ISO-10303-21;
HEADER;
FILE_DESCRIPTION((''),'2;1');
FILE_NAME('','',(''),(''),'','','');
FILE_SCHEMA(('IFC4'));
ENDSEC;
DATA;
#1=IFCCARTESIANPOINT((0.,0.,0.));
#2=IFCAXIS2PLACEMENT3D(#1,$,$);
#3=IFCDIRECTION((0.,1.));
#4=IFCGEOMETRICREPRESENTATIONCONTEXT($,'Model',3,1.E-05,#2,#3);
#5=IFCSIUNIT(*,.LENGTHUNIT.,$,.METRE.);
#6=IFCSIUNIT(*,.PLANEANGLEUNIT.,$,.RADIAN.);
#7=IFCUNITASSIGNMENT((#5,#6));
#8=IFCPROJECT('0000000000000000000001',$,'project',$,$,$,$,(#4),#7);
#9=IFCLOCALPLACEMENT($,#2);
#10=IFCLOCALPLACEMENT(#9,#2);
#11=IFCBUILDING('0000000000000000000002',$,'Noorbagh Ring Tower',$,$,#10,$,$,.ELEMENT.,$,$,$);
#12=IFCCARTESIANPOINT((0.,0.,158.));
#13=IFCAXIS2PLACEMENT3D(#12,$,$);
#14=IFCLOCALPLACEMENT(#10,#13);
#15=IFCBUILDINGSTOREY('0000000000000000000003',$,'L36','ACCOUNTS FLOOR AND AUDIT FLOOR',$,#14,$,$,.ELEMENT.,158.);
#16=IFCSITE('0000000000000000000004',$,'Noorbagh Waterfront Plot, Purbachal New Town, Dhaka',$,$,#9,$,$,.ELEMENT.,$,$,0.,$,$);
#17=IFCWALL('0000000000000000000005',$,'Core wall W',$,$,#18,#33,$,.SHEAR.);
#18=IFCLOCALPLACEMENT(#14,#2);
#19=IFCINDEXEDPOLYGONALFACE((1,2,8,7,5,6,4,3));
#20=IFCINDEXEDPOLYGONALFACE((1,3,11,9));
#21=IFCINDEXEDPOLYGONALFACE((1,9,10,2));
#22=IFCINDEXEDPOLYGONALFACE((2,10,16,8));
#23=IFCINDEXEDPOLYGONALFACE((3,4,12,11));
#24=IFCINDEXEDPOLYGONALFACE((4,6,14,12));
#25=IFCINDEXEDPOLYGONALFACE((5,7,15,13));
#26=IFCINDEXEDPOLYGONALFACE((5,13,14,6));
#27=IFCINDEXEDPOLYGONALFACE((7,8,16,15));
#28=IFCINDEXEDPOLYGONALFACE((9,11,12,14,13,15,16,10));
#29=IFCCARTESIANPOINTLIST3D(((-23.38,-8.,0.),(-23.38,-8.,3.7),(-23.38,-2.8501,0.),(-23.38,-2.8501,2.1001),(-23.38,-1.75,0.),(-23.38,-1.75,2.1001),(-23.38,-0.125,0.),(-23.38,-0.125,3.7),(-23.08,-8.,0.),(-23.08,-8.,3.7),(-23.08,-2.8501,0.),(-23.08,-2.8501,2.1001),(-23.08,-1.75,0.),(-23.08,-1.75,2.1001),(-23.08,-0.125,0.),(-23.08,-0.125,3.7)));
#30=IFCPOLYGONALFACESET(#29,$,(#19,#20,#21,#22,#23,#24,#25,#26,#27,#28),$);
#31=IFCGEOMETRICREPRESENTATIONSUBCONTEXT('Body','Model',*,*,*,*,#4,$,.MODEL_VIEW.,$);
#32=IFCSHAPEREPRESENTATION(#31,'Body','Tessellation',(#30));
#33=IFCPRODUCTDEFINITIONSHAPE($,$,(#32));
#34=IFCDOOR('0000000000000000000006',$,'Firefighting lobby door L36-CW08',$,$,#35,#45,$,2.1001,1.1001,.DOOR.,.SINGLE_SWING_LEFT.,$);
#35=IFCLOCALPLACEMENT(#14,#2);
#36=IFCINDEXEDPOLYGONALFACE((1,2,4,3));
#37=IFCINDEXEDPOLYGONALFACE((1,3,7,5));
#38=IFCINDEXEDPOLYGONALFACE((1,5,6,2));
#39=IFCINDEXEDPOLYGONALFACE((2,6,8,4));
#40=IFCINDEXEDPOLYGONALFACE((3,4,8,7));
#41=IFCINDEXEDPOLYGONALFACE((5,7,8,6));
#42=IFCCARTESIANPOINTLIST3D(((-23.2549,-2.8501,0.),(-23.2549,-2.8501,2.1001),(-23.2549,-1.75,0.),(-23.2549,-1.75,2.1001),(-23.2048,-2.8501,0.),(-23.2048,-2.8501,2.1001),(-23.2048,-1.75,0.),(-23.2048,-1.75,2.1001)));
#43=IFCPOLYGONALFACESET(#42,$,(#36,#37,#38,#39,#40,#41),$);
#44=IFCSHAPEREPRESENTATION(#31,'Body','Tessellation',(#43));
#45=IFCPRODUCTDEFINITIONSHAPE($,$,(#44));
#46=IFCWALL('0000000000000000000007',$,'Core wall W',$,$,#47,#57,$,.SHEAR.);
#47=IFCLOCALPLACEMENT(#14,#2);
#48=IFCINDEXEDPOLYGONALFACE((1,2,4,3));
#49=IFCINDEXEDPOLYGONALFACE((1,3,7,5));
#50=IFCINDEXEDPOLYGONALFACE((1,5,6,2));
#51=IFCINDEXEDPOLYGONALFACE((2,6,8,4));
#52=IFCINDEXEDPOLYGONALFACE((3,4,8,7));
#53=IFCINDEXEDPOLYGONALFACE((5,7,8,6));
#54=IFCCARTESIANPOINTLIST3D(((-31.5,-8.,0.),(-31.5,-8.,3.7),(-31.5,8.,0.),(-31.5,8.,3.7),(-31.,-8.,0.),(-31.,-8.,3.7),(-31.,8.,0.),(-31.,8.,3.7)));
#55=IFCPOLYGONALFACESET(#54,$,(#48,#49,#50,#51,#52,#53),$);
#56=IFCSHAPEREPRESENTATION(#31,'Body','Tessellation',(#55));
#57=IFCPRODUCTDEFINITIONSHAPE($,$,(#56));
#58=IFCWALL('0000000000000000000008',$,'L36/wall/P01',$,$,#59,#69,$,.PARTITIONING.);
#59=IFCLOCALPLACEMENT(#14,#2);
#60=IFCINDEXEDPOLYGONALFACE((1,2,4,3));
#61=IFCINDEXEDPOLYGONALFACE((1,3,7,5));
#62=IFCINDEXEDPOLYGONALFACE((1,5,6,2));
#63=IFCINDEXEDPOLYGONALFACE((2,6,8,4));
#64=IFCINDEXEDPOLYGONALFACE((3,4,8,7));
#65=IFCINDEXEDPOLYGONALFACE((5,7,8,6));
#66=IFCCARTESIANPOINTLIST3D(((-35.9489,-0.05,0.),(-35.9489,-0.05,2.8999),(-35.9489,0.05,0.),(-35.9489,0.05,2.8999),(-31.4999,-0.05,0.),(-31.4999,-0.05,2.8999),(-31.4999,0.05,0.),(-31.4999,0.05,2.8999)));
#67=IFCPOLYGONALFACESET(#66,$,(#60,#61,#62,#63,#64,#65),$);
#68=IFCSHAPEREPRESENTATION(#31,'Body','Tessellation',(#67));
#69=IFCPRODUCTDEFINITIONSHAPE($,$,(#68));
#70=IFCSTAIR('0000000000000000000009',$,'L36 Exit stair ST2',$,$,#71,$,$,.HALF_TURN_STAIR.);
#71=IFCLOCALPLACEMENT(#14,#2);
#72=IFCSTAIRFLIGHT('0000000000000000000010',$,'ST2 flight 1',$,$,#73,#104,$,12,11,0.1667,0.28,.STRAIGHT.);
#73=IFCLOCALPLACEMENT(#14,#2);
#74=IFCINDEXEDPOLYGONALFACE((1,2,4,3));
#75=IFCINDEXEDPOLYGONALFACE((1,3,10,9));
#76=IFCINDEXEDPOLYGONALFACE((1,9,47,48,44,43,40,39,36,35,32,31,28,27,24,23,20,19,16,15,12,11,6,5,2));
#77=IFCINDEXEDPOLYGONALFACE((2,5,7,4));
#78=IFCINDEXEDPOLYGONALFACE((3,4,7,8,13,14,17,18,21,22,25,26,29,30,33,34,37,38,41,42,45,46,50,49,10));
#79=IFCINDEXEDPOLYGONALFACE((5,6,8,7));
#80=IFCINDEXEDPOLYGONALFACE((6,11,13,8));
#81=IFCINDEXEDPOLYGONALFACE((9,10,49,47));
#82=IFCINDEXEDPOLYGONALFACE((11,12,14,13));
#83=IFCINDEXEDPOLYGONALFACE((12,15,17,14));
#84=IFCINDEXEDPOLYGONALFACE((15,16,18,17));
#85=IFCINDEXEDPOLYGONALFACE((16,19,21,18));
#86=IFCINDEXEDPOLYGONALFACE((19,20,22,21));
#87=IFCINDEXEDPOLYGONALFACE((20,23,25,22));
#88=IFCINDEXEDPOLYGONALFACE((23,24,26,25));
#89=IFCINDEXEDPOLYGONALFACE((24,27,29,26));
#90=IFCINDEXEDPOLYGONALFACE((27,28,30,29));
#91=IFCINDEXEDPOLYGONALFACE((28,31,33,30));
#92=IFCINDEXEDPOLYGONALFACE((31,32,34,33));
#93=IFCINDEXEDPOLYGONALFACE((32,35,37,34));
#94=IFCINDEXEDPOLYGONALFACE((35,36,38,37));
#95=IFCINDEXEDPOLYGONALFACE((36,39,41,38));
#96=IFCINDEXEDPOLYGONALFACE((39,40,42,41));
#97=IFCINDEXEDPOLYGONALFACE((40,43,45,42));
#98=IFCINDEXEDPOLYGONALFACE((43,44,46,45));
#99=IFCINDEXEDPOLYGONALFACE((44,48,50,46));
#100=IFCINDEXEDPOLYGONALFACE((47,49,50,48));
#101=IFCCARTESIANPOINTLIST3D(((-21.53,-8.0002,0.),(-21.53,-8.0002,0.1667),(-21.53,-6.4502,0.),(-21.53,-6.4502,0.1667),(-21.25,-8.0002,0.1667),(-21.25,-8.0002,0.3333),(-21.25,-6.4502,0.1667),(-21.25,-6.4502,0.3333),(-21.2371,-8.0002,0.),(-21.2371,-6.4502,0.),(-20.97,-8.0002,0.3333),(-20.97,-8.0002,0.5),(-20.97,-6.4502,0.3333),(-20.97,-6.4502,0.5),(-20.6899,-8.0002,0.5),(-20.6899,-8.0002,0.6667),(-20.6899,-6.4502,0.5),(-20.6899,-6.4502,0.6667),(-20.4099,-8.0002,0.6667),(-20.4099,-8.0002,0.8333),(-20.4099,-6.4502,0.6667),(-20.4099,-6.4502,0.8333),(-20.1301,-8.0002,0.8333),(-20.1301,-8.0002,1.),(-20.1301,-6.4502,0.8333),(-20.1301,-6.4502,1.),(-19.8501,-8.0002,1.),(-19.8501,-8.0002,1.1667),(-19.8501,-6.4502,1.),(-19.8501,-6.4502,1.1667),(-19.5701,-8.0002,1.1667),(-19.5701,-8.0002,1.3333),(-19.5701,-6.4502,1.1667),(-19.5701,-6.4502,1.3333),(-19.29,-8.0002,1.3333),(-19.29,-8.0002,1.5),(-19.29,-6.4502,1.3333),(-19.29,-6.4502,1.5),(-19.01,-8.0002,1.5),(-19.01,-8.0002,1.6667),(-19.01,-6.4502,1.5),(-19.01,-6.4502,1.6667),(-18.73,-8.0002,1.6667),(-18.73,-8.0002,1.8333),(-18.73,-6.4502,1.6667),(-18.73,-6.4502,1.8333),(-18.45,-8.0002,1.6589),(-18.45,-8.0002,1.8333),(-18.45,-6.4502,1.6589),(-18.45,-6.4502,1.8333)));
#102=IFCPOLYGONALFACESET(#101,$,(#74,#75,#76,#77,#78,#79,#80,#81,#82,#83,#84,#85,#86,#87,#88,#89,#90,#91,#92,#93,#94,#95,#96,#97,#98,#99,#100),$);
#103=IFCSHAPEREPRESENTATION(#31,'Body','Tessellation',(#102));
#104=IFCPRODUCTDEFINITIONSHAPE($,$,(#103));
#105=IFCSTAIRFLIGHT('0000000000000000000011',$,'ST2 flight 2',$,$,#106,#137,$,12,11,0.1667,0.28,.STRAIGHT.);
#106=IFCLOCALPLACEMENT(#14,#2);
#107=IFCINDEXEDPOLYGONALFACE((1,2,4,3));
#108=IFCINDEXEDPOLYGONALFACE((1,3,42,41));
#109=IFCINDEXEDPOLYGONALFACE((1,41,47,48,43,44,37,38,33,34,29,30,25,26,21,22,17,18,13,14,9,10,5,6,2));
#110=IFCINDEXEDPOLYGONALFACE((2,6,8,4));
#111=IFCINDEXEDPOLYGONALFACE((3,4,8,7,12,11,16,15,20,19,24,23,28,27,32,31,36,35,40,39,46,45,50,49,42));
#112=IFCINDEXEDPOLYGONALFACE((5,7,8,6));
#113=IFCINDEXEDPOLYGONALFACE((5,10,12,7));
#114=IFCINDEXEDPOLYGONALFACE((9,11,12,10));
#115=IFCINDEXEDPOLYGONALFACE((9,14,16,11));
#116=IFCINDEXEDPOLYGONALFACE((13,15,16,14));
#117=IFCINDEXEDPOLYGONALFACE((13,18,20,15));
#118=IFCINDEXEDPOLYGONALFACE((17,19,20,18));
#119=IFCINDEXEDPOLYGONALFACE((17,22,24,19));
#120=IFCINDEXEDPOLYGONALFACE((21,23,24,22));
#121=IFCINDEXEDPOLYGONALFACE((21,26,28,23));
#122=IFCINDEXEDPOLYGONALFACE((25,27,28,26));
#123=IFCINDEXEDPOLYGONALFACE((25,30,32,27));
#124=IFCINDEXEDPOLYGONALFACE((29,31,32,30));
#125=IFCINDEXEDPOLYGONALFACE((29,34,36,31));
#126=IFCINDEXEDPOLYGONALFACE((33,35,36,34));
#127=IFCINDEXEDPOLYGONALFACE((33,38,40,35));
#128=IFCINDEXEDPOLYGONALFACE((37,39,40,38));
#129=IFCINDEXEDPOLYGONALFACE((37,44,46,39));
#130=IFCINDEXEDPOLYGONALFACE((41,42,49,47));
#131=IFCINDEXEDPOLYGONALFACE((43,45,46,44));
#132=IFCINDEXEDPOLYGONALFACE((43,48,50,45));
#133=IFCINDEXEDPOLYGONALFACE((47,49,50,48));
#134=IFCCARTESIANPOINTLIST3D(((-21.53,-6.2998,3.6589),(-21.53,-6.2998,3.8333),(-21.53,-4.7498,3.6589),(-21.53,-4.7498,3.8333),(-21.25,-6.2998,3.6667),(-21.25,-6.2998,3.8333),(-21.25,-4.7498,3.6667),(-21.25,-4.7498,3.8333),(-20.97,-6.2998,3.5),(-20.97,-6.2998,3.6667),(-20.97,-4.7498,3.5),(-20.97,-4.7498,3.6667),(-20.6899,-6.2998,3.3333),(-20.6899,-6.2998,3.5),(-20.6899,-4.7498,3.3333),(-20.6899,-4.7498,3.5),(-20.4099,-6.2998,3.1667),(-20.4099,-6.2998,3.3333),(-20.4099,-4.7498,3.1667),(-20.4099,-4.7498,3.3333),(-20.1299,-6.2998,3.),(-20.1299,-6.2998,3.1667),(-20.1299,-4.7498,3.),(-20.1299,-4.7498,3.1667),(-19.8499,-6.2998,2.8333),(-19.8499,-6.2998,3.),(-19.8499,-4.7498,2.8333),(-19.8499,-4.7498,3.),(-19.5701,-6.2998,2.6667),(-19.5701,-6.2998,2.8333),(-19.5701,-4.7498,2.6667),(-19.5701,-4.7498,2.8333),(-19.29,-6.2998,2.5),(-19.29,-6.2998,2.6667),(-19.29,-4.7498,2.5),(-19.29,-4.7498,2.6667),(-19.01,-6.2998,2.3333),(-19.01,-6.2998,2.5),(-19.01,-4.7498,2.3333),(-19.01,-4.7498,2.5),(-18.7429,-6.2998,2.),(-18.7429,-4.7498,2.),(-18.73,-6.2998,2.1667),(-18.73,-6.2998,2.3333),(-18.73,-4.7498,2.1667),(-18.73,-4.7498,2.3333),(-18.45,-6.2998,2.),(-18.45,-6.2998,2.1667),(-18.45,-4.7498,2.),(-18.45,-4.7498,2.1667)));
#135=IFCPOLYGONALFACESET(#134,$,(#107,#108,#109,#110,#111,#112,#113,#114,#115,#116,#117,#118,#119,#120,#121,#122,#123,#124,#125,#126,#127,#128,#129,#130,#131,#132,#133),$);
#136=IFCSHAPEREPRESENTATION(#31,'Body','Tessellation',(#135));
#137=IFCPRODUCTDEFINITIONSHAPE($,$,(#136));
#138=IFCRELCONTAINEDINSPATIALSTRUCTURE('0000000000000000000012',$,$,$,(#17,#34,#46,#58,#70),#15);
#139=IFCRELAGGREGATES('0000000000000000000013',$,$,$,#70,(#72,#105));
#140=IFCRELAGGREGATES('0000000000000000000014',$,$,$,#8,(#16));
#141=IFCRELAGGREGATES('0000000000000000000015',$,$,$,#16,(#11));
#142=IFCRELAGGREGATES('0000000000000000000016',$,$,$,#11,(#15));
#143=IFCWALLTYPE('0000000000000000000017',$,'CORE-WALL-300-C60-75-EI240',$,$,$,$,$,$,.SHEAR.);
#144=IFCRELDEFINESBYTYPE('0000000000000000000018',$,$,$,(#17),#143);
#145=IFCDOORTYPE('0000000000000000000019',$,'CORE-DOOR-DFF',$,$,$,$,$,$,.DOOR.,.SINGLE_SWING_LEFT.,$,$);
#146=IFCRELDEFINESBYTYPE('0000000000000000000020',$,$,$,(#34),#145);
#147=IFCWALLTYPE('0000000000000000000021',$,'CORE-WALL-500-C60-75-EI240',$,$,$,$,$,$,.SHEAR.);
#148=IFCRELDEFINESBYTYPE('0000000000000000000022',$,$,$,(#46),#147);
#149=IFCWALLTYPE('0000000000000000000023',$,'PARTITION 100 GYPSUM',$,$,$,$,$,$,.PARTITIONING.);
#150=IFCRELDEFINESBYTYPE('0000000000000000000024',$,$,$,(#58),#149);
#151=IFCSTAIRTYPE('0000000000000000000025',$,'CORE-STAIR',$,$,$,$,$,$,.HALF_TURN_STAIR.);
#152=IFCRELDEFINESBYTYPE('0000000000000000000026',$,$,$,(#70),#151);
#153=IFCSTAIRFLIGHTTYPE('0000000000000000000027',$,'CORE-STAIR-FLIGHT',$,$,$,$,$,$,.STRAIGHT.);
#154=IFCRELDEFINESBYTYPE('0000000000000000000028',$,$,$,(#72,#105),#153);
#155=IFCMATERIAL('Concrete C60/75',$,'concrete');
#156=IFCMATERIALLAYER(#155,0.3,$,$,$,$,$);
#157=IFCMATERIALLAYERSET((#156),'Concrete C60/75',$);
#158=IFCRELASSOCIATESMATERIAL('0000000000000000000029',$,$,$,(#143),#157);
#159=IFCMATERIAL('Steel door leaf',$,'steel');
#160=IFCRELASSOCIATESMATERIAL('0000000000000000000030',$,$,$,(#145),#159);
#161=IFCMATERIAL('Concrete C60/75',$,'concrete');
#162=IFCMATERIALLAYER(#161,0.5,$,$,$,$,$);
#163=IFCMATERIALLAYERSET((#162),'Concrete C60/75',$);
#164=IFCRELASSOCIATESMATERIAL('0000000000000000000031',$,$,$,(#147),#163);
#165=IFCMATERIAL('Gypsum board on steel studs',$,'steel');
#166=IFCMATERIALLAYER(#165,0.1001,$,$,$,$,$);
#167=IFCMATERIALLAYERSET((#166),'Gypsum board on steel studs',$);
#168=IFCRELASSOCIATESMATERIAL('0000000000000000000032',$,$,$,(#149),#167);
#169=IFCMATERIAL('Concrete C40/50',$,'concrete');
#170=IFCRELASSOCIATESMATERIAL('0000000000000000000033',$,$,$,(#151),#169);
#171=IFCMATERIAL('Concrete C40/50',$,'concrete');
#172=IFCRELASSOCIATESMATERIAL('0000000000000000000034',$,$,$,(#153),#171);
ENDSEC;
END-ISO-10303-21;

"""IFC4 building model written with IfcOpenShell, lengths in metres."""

from ifc_helpers import new_model, si_unit, direction, frame, frame_2d, origin, place, context, subcontext, project, spatial, polyline, rectangle, outline, extrude, material, layer, layer_set, type_object, element, fill, aggregate, save


model = new_model("IFC4")

# Units and contexts
model_context = context("Model", 3, precision=1e-05, world=origin(), true_north=direction((0.0, 1.0)))
body_context = subcontext(model_context, "Body", "Model", "MODEL_VIEW")
ifc_project = project(units=[si_unit("LENGTHUNIT", "METRE"), si_unit("PLANEANGLEUNIT", "RADIAN")], contexts=[model_context])

# Site, building, storey
site_placement = place(None, origin())
site = spatial("IfcSite", under=ifc_project, at=site_placement, Name="Noorbagh Waterfront Plot, Purbachal New Town, Dhaka", CompositionType="ELEMENT", RefElevation=0.0)
building_placement = place(site_placement, origin())
building = spatial("IfcBuilding", under=site, at=building_placement, Name="Noorbagh Ring Tower", CompositionType="ELEMENT")
storey_placement = place(building_placement, frame((0.0, 0.0, 158.0)))
storey = spatial("IfcBuildingStorey", under=building, at=storey_placement, Name="L36", Description="ACCOUNTS FLOOR AND AUDIT FLOOR", CompositionType="ELEMENT", Elevation=158.0)

# Shared definitions
ifc_material_1 = material(Name="Concrete C60/75", Category="concrete")
ifc_layer_1 = layer(ifc_material_1, 0.3)
ifc_layer_set_1 = layer_set([ifc_layer_1], Name="Concrete C60/75")
wall_type_1 = type_object("IfcWallType", Name="CORE-WALL-300-C60-75-EI240", PredefinedType="SHEAR", material=ifc_layer_set_1)

# Wall, opening, door
wall_1_placement = place(storey_placement, frame((-23.23, -8.0, 0.0), z_axis=(0.0, 0.0, 1.0), x_axis=(0.0, 1.0, 0.0)))
wall_1 = element("IfcWall", 1, at=wall_1_placement, inside=storey, type_object=wall_type_1, Name="Core wall W", PredefinedType="SHEAR", context=body_context, shape_type="SweptSolid", body=[
    extrude(rectangle(XDim=7.875, YDim=0.3, at=frame_2d((3.9375, 0.0))), origin(), (0.0, 0.0, 1.0), 3.7),
])
opening_1_placement = place(wall_1_placement, frame((5.1499, 0.0, 0.0)))
opening_1 = element("IfcOpeningElement", 2, at=opening_1_placement, cuts=wall_1, PredefinedType="OPENING", context=body_context, shape_type="SweptSolid", body=[
    extrude(rectangle(XDim=1.1001, YDim=2.1001, at=frame_2d((0.55, 1.05))), frame((0.0, 0.1602, 0.0), z_axis=(0.0, -1.0, 0.0), x_axis=(1.0, 0.0, 0.0)), (0.0, 0.0, 1.0), 0.3201),
])
ifc_material_2 = material(Name="Steel door leaf", Category="steel")
door_type_1 = type_object("IfcDoorType", Name="CORE-DOOR-DFF", OperationType="SINGLE_SWING_LEFT", PredefinedType="DOOR", material=ifc_material_2)
door_1_placement = place(opening_1_placement, origin())
door_1 = element("IfcDoor", 3, at=door_1_placement, inside=storey, type_object=door_type_1, Name="Firefighting lobby door L36-CW08", OperationType="SINGLE_SWING_LEFT", OverallHeight=2.1001, OverallWidth=1.1001, PredefinedType="DOOR", context=body_context, shape_type="SweptSolid", body=[
    extrude(rectangle(XDim=1.1001, YDim=2.1001, at=frame_2d((0.55, 1.05))), frame((0.0, 0.0249, 0.0), z_axis=(0.0, -1.0, 0.0), x_axis=(1.0, 0.0, 0.0)), (0.0, 0.0, 1.0), 0.05),
])
fill(opening_1, door_1)

# Walls
ifc_material_3 = material(Name="Concrete C60/75", Category="concrete")
ifc_layer_2 = layer(ifc_material_3, 0.5)
ifc_layer_set_2 = layer_set([ifc_layer_2], Name="Concrete C60/75")
wall_type_2 = type_object("IfcWallType", Name="CORE-WALL-500-C60-75-EI240", PredefinedType="SHEAR", material=ifc_layer_set_2)
wall_2_placement = place(storey_placement, frame((-31.25, -8.0, 0.0), z_axis=(0.0, 0.0, 1.0), x_axis=(0.0, 1.0, 0.0)))
element("IfcWall", 4, at=wall_2_placement, inside=storey, type_object=wall_type_2, Name="Core wall W", PredefinedType="SHEAR", context=body_context, shape_type="SweptSolid", body=[
    extrude(rectangle(XDim=16.0, YDim=0.5, at=frame_2d((8.0, 0.0))), origin(), (0.0, 0.0, 1.0), 3.7),
])
ifc_material_4 = material(Name="Gypsum board on steel studs", Category="steel")
ifc_layer_3 = layer(ifc_material_4, 0.1001)
ifc_layer_set_3 = layer_set([ifc_layer_3], Name="Gypsum board on steel studs")
wall_type_3 = type_object("IfcWallType", Name="PARTITION 100 GYPSUM", PredefinedType="PARTITIONING", material=ifc_layer_set_3)
wall_3_placement = place(storey_placement, frame((-35.949, 0.0, 0.0), z_axis=(0.0, 0.0, 1.0), x_axis=(1.0, 0.0, 0.0)))
element("IfcWall", 5, at=wall_3_placement, inside=storey, type_object=wall_type_3, Name="L36/wall/P01", PredefinedType="PARTITIONING", context=body_context, shape_type="SweptSolid", body=[
    extrude(rectangle(XDim=4.449, YDim=0.1001, at=frame_2d((2.2246, 0.0))), origin(), (0.0, 0.0, 1.0), 2.8999),
])

# Stair, stair flights
ifc_material_5 = material(Name="Concrete C40/50", Category="concrete")
stair_type = type_object("IfcStairType", Name="CORE-STAIR", PredefinedType="HALF_TURN_STAIR", material=ifc_material_5)
stair_placement = place(storey_placement, origin())
stair = element("IfcStair", 6, at=stair_placement, inside=storey, type_object=stair_type, Name="L36 Exit stair ST2", PredefinedType="HALF_TURN_STAIR")
ifc_material_6 = material(Name="Concrete C40/50", Category="concrete")
stair_flight_type = type_object("IfcStairFlightType", Name="CORE-STAIR-FLIGHT", PredefinedType="STRAIGHT", material=ifc_material_6)
stair_flight_1_placement = place(storey_placement, frame((-21.53, -7.2251, 0.0), z_axis=(0.0, 0.0, 1.0), x_axis=(1.0, 0.0, 0.0)))
stair_flight_1 = element("IfcStairFlight", 7, at=stair_flight_1_placement, type_object=stair_flight_type, Name="ST2 flight 1", NumberOfRisers=12, NumberOfTreads=11, PredefinedType="STRAIGHT", RiserHeight=0.1667, TreadLength=0.28, context=body_context, shape_type="SweptSolid", body=[
    extrude(outline(polyline([(0.0, 0.0), (0.0, 0.1667), (0.28, 0.1667), (0.28, 0.3333), (0.5601, 0.3333), (0.5601, 0.5), (0.8401, 0.5), (0.8401, 0.6667), (1.1201, 0.6667), (1.1201, 0.8333), (1.3999, 0.8333), (1.3999, 1.0), (1.6799, 1.0), (1.6799, 1.1667), (1.96, 1.1667), (1.96, 1.3333), (2.24, 1.3333), (2.24, 1.5), (2.52, 1.5), (2.52, 1.6667), (2.8, 1.6667), (2.8, 1.8333), (3.0801, 1.8333), (3.0801, 2.0), (3.0801, 1.6589), (0.293, 0.0), (0.0, 0.0)])), frame((0.0, 0.7749, 0.0), z_axis=(0.0, -1.0, 0.0), x_axis=(1.0, 0.0, 0.0)), (0.0, 0.0, 1.0), 1.55),
])
stair_flight_2_placement = place(storey_placement, frame((-18.45, -5.5249, 2.0), z_axis=(0.0, 0.0, 1.0), x_axis=(-1.0, 0.0, 0.0)))
stair_flight_2 = element("IfcStairFlight", 8, at=stair_flight_2_placement, type_object=stair_flight_type, Name="ST2 flight 2", NumberOfRisers=12, NumberOfTreads=11, PredefinedType="STRAIGHT", RiserHeight=0.1667, TreadLength=0.28, context=body_context, shape_type="SweptSolid", body=[
    extrude(outline(polyline([(0.0, 0.0), (0.0, 0.1667), (0.28, 0.1667), (0.28, 0.3333), (0.5601, 0.3333), (0.5601, 0.5), (0.8401, 0.5), (0.8401, 0.6667), (1.1201, 0.6667), (1.1201, 0.8333), (1.3999, 0.8333), (1.3999, 1.0), (1.6799, 1.0), (1.6799, 1.1667), (1.96, 1.1667), (1.96, 1.3333), (2.24, 1.3333), (2.24, 1.5), (2.52, 1.5), (2.52, 1.6667), (2.8, 1.6667), (2.8, 1.8333), (3.0801, 1.8333), (3.0801, 2.0), (3.0801, 1.6589), (0.293, 0.0), (0.0, 0.0)])), frame((0.0, 0.7749, 0.0), z_axis=(0.0, -1.0, 0.0), x_axis=(1.0, 0.0, 0.0)), (0.0, 0.0, 1.0), 1.55),
])
aggregate(stair, [stair_flight_1, stair_flight_2])

save(model, "model.ifc")
